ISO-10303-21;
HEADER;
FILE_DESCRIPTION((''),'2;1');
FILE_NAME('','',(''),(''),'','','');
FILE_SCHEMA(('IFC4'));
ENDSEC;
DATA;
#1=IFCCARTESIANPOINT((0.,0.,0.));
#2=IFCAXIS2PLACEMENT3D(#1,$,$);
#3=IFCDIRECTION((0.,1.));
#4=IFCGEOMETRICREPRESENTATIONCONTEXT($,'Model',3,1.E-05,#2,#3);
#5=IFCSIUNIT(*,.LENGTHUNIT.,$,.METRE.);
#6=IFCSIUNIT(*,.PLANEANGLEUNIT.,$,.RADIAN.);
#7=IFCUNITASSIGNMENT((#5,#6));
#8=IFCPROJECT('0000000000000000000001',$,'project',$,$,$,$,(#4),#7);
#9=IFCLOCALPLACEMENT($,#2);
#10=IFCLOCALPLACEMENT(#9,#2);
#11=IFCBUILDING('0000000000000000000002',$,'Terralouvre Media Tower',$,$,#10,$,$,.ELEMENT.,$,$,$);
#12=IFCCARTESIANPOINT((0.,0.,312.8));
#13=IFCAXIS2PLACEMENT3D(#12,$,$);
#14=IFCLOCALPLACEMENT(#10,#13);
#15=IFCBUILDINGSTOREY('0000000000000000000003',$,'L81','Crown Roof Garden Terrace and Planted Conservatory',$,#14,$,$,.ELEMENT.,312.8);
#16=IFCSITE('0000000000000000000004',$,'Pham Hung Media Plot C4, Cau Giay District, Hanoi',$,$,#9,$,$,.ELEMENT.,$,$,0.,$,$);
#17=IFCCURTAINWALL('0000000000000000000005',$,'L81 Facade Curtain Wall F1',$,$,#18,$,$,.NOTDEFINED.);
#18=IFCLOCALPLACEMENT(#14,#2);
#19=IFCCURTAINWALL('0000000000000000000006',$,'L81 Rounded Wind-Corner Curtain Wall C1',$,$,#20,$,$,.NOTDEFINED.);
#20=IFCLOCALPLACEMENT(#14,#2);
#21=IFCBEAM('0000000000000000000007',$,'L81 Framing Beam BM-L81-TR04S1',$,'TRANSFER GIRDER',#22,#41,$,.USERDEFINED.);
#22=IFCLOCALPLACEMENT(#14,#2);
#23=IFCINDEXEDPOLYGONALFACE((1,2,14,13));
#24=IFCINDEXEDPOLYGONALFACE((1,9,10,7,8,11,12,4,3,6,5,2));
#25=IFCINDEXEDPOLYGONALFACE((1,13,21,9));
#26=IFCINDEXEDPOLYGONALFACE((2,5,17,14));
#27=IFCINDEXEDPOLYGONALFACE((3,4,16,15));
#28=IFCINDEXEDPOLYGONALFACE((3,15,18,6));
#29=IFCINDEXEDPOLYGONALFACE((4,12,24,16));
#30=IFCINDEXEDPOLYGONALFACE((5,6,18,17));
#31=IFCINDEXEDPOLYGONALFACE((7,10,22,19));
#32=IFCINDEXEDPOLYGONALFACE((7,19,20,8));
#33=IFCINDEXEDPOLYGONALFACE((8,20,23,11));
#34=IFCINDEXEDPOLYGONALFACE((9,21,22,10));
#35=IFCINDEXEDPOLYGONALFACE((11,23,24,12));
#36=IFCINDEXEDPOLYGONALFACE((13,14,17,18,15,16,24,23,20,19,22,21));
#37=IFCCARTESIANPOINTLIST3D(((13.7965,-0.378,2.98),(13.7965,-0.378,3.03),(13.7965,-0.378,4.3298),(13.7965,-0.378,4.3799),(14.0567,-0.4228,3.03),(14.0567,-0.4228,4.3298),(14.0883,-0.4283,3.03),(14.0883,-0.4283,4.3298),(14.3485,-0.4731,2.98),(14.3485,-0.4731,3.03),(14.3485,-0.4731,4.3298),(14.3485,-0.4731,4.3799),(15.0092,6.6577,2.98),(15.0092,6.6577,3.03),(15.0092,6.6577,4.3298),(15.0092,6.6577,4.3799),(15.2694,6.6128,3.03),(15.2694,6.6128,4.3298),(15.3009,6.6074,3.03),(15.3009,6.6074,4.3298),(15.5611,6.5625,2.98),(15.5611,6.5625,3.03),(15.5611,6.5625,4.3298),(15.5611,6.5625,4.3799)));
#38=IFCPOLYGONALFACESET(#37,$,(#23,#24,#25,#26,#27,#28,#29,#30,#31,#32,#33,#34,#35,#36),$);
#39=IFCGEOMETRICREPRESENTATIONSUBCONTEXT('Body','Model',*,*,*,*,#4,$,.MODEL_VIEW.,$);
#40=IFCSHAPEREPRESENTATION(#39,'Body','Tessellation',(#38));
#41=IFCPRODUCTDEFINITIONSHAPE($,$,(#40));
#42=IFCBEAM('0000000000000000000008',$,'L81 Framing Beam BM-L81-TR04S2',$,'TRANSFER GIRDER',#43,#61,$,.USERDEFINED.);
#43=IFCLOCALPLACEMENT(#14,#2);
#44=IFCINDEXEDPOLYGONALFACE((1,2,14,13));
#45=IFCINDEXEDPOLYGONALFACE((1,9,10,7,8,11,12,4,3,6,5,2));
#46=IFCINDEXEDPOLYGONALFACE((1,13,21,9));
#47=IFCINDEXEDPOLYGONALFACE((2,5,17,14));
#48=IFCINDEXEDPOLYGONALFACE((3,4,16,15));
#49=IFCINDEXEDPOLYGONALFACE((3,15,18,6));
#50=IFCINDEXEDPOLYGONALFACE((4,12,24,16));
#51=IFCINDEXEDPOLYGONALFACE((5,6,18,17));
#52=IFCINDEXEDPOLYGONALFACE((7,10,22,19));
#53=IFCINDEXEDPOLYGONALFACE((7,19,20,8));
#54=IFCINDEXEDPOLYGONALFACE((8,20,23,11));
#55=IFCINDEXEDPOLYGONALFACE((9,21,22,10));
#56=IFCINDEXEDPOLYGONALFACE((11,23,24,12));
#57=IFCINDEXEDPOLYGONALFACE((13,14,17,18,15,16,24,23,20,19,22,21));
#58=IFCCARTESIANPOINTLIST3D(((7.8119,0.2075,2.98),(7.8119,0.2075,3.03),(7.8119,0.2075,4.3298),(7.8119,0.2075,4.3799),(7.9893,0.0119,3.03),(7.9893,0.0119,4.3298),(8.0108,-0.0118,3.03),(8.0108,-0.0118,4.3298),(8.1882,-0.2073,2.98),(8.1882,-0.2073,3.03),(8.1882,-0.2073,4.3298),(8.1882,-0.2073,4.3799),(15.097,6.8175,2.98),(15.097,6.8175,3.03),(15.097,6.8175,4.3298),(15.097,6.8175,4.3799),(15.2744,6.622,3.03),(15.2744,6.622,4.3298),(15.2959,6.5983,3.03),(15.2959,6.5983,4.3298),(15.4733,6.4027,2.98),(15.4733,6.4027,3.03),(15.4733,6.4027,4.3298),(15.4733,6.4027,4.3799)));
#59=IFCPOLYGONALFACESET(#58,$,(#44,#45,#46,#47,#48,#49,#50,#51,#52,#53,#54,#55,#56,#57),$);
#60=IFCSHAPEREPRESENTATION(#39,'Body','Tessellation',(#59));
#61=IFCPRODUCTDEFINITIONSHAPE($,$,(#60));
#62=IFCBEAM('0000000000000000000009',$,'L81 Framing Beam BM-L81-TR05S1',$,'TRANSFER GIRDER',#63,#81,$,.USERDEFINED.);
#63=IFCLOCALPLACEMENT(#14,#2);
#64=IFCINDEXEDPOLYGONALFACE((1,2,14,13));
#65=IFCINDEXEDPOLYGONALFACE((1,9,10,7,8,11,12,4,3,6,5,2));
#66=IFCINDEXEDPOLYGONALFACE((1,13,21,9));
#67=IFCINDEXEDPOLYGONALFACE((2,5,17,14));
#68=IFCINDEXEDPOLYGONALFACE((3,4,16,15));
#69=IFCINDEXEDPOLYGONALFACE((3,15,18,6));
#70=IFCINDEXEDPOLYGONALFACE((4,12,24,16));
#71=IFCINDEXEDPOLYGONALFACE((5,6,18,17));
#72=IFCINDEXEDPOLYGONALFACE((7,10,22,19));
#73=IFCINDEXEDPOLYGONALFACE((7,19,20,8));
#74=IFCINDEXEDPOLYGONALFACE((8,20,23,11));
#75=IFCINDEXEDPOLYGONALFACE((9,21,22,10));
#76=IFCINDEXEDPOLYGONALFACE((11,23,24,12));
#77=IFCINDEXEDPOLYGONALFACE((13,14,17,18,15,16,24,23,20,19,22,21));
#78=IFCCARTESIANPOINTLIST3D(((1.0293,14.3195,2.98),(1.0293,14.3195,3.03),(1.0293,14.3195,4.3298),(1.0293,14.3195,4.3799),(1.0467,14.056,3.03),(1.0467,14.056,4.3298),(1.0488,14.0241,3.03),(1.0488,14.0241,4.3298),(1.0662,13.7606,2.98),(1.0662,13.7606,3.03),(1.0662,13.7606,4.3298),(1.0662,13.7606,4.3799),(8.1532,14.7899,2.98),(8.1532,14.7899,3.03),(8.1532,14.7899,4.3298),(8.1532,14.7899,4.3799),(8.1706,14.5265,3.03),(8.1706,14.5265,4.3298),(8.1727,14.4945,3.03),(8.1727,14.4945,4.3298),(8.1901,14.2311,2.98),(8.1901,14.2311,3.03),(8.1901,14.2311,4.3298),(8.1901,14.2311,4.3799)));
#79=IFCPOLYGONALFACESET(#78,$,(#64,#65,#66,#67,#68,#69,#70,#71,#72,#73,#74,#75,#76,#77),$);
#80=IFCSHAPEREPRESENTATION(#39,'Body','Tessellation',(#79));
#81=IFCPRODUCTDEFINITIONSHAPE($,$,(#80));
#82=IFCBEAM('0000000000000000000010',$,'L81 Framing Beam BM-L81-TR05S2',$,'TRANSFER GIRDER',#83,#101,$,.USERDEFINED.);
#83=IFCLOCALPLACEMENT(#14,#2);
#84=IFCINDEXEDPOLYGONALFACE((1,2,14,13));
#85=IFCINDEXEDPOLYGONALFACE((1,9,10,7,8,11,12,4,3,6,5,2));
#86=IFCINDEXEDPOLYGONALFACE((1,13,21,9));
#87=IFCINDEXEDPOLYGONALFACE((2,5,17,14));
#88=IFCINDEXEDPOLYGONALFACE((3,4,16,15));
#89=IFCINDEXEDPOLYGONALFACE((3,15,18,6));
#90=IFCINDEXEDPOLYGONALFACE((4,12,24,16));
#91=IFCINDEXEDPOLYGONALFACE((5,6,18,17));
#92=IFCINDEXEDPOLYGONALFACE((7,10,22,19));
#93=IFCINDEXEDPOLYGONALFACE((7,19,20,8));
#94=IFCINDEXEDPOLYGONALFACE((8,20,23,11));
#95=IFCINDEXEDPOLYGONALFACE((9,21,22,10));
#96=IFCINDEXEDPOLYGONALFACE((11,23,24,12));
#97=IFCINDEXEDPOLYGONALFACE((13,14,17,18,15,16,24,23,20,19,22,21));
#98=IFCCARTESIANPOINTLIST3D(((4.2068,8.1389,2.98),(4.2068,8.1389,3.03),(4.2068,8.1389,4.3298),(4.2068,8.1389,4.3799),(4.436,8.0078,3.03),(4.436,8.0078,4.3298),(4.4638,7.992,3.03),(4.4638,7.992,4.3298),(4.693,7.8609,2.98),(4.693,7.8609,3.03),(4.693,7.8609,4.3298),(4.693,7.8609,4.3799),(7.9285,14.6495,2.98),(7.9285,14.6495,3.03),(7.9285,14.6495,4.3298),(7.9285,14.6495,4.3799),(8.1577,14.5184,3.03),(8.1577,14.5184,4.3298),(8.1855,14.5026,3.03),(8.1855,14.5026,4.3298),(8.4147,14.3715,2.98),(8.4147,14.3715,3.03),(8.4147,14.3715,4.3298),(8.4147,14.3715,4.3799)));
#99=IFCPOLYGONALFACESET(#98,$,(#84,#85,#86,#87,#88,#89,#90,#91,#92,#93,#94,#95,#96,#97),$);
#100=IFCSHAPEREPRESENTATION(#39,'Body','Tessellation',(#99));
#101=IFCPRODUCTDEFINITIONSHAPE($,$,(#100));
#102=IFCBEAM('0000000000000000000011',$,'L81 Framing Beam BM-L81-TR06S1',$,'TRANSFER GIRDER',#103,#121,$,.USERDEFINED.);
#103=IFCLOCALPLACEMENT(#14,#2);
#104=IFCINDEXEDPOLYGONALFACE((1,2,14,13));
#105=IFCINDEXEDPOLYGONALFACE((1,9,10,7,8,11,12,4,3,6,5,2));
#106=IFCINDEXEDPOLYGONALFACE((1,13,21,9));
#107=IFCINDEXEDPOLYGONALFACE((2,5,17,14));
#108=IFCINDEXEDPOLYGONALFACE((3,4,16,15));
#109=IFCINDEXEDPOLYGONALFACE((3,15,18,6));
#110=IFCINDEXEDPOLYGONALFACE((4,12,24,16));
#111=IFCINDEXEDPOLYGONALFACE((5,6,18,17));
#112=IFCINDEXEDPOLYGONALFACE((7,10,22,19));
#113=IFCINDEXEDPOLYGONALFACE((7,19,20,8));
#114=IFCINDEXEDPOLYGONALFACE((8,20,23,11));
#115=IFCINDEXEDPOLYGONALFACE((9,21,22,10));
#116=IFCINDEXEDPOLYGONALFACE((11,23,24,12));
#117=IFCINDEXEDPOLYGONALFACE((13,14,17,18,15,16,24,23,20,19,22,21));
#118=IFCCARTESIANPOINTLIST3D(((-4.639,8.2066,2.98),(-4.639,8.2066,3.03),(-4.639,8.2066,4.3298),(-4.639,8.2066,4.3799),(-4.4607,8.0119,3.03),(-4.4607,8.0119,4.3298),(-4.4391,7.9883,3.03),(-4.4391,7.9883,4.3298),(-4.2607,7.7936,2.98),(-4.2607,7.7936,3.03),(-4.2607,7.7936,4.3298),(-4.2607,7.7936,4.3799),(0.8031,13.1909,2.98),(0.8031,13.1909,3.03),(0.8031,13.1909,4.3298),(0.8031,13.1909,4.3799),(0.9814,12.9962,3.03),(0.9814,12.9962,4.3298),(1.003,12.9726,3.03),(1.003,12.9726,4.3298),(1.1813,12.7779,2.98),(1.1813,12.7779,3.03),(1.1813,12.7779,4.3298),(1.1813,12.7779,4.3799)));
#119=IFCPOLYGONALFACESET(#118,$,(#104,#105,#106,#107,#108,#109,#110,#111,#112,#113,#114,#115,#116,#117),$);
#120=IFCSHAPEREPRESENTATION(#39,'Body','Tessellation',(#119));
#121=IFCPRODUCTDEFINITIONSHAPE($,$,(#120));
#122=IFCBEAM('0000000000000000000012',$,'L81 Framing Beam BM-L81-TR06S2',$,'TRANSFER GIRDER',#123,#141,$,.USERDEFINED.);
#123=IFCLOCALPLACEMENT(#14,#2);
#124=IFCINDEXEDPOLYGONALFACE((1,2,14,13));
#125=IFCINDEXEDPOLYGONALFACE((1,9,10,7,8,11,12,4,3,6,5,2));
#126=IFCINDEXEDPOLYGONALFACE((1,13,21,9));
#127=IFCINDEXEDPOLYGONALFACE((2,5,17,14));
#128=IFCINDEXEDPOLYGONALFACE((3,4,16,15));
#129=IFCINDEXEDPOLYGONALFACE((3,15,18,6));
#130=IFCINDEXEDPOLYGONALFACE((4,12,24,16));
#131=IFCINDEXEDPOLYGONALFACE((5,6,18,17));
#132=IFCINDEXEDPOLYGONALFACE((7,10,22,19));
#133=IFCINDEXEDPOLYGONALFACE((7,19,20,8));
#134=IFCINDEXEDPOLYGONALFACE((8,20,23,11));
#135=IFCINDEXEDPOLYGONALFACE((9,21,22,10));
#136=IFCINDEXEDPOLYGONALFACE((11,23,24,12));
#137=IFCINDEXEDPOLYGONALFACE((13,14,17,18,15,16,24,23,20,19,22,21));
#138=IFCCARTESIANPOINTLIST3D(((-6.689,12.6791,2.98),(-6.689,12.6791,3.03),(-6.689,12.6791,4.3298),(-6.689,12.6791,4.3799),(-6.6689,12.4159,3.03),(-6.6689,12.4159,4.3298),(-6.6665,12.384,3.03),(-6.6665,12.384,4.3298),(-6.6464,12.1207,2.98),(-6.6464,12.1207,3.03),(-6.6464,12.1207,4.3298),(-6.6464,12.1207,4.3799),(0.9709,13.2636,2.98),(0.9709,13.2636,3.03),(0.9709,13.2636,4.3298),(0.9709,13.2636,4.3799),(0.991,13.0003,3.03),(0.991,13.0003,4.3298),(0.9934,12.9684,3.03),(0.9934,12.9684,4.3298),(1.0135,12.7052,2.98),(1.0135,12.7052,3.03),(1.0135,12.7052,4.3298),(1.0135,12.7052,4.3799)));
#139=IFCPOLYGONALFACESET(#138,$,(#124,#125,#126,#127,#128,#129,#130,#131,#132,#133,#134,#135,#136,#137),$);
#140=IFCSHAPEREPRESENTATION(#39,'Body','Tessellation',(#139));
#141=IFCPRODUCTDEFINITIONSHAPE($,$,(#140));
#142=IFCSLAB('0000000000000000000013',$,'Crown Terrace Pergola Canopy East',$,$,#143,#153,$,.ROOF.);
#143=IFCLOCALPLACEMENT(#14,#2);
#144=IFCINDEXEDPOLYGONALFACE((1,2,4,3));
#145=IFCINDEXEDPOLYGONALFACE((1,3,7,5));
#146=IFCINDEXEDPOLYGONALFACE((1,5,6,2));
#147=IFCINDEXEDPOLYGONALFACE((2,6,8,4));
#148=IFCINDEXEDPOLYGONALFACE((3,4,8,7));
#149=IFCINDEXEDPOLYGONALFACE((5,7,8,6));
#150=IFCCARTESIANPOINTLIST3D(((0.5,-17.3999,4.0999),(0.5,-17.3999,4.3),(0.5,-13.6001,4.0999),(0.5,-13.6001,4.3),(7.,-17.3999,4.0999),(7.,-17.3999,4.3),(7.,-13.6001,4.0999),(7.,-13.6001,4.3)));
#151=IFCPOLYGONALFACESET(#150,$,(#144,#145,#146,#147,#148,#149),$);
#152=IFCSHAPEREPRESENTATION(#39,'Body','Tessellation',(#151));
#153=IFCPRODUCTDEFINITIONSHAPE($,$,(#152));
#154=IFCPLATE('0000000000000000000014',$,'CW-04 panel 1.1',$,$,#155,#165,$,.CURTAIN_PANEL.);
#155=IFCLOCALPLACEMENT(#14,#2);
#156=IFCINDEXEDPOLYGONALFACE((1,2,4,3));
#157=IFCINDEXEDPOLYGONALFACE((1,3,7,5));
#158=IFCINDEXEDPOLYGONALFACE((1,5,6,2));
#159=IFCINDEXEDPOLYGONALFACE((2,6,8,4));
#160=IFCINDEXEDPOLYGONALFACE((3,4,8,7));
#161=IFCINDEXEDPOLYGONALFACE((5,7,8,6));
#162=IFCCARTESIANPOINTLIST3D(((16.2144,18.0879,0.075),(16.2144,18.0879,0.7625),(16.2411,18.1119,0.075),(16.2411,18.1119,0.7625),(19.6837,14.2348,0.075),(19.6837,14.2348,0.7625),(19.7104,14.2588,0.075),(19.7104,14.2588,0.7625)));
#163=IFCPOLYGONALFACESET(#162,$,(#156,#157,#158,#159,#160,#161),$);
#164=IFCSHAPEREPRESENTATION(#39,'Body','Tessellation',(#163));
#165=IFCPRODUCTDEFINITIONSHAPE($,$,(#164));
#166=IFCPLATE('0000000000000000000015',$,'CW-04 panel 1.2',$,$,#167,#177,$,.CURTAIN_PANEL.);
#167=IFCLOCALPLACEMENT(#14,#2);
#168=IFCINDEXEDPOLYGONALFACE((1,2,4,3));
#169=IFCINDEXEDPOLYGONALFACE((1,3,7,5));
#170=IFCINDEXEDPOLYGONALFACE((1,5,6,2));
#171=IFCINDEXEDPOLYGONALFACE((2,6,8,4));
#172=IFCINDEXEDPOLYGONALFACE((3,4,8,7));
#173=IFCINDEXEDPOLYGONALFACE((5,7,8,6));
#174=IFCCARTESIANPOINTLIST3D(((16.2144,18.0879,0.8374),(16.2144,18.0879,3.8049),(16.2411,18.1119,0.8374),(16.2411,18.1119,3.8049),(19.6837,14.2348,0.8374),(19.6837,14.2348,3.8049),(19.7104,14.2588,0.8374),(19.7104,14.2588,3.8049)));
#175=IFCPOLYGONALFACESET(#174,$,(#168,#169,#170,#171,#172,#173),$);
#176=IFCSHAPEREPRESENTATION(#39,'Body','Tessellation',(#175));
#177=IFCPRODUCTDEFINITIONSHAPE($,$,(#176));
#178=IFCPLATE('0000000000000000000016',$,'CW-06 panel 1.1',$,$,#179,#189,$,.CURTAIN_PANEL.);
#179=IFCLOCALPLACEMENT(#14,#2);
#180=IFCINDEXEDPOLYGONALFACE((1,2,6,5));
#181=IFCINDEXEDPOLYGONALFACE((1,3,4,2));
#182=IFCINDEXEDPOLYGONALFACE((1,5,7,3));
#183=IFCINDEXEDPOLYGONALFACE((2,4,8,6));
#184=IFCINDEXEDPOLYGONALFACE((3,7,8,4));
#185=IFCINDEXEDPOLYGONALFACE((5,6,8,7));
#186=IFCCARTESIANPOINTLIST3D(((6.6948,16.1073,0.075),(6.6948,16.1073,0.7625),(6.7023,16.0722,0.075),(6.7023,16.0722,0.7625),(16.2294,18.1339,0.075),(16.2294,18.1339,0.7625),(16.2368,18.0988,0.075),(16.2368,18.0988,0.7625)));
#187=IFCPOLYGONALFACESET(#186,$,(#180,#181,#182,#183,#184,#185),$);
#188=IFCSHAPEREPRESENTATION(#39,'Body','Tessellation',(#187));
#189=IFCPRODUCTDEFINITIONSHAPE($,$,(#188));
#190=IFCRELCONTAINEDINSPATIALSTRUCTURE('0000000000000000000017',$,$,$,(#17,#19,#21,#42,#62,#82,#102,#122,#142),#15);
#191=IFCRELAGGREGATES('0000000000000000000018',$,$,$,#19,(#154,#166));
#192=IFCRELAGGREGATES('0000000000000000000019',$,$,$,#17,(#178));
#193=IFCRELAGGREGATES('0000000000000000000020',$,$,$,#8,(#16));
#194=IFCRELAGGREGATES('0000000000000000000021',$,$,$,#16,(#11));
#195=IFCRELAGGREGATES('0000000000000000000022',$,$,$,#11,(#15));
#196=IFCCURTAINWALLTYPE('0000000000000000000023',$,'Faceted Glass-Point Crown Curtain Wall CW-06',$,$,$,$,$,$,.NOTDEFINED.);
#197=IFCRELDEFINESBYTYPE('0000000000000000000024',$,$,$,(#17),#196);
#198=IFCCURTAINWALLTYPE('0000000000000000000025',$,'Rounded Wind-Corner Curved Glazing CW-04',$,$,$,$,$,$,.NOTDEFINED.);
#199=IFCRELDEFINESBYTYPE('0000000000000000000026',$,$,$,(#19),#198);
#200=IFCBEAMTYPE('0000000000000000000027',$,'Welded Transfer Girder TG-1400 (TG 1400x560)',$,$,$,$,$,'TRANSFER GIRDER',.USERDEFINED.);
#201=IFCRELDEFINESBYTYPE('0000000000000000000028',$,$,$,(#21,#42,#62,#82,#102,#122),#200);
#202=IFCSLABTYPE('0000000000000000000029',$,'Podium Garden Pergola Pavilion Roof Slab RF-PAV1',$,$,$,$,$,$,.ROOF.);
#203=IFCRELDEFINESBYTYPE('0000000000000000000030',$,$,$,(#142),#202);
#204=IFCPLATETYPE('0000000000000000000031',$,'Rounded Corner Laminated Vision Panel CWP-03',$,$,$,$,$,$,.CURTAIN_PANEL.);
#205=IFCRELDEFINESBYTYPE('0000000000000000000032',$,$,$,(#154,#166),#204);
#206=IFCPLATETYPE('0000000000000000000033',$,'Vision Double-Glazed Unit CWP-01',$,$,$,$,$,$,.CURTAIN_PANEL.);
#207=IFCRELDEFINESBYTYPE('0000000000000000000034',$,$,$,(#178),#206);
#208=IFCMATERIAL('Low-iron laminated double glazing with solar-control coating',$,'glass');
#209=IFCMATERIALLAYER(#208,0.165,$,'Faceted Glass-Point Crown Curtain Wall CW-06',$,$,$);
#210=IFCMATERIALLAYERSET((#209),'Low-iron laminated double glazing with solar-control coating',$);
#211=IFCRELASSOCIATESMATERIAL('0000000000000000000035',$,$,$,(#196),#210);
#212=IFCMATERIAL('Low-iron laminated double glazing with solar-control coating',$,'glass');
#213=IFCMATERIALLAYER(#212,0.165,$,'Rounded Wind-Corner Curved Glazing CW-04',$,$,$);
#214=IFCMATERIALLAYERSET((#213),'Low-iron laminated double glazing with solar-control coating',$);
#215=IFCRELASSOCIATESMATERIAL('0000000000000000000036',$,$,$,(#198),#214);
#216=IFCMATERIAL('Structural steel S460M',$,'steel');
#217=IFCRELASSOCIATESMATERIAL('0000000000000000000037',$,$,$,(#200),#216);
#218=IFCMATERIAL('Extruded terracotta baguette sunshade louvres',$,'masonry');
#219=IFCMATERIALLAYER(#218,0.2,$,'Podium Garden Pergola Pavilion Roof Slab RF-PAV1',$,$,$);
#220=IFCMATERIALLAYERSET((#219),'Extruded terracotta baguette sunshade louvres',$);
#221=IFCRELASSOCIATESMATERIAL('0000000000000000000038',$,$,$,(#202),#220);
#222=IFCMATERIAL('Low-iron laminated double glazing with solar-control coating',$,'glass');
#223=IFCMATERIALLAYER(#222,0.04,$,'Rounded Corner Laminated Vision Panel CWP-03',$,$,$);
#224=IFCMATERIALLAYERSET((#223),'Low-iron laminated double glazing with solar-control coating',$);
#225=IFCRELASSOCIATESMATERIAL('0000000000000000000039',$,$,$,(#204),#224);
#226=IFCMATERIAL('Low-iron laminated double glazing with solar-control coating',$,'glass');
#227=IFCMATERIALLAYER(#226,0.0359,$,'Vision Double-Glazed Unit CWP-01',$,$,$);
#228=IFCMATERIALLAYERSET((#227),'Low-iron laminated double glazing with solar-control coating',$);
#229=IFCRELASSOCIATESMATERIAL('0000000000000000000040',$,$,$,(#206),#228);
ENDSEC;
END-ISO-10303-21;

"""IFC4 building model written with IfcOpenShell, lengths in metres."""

from ifc_helpers import new_model, si_unit, direction, frame, origin, origin_2d, place, context, subcontext, project, spatial, polyline, rectangle, i_section, outline, extrude, material, layer, layer_set, material_profile, profile_set, type_object, element, aggregate, save


model = new_model("IFC4")

# Units and contexts
model_context = context("Model", 3, precision=1e-05, world=origin(), true_north=direction((0.0, 1.0)))
body_context = subcontext(model_context, "Body", "Model", "MODEL_VIEW")
ifc_project = project(units=[si_unit("LENGTHUNIT", "METRE"), si_unit("PLANEANGLEUNIT", "RADIAN")], contexts=[model_context])

# Site, building, storey
site_placement = place(None, origin())
site = spatial("IfcSite", under=ifc_project, at=site_placement, Name="Pham Hung Media Plot C4, Cau Giay District, Hanoi", CompositionType="ELEMENT", RefElevation=0.0)
building_placement = place(site_placement, origin())
building = spatial("IfcBuilding", under=site, at=building_placement, Name="Terralouvre Media Tower", CompositionType="ELEMENT")
storey_placement = place(building_placement, frame((0.0, 0.0, 312.8)))
storey = spatial("IfcBuildingStorey", under=building, at=storey_placement, Name="L81", Description="Crown Roof Garden Terrace and Planted Conservatory", CompositionType="ELEMENT", Elevation=312.8)

# Curtain walls
ifc_material_1 = material(Name="Low-iron laminated double glazing with solar-control coating", Category="glass")
ifc_layer_1 = layer(ifc_material_1, 0.165, Name="Faceted Glass-Point Crown Curtain Wall CW-06")
ifc_layer_set_1 = layer_set([ifc_layer_1], Name="Low-iron laminated double glazing with solar-control coating")
curtain_wall_type_1 = type_object("IfcCurtainWallType", Name="Faceted Glass-Point Crown Curtain Wall CW-06", PredefinedType="NOTDEFINED", material=ifc_layer_set_1)
curtain_wall_1_placement = place(storey_placement, origin())
curtain_wall_1 = element("IfcCurtainWall", 1, at=curtain_wall_1_placement, inside=storey, type_object=curtain_wall_type_1, Name="L81 Facade Curtain Wall F1", PredefinedType="NOTDEFINED")
ifc_material_2 = material(Name="Low-iron laminated double glazing with solar-control coating", Category="glass")
ifc_layer_2 = layer(ifc_material_2, 0.165, Name="Rounded Wind-Corner Curved Glazing CW-04")
ifc_layer_set_2 = layer_set([ifc_layer_2], Name="Low-iron laminated double glazing with solar-control coating")
curtain_wall_type_2 = type_object("IfcCurtainWallType", Name="Rounded Wind-Corner Curved Glazing CW-04", PredefinedType="NOTDEFINED", material=ifc_layer_set_2)
curtain_wall_2_placement = place(storey_placement, origin())
curtain_wall_2 = element("IfcCurtainWall", 2, at=curtain_wall_2_placement, inside=storey, type_object=curtain_wall_type_2, Name="L81 Rounded Wind-Corner Curtain Wall C1", PredefinedType="NOTDEFINED")

# Beams
ifc_material_3 = material(Name="Structural steel S460M", Category="steel")
ifc_material_profile_1 = material_profile(ifc_material_3, i_section(OverallWidth=0.5601, OverallDepth=1.3999, WebThickness=0.032, FlangeThickness=0.05, at=origin_2d()), Name="TG 1400x560")
ifc_profile_set_1 = profile_set([ifc_material_profile_1], Name="Structural steel S460M")
beam_type_1 = type_object("IfcBeamType", Name="Welded Transfer Girder TG-1400 (TG 1400x560)", ElementType="TRANSFER GIRDER", PredefinedType="USERDEFINED", material=ifc_profile_set_1)
beam_1_placement = place(storey_placement, frame((15.2852, 6.6101, 3.6799), z_axis=(-0.169853, -0.985469, 0.0), x_axis=(0.985469, -0.169853, 0.0)))
element("IfcBeam", 3, at=beam_1_placement, inside=storey, type_object=beam_type_1, Name="L81 Framing Beam BM-L81-TR04S1", ObjectType="TRANSFER GIRDER", PredefinedType="USERDEFINED", context=body_context, shape_type="SweptSolid", body=[
    extrude(i_section(OverallWidth=0.5601, OverallDepth=1.3999, WebThickness=0.032, FlangeThickness=0.05, at=origin_2d()), origin(), (0.0, 0.0, 1.0), 7.1394),
])
beam_2_placement = place(storey_placement, frame((15.2852, 6.6101, 3.6799), z_axis=(-0.740585, -0.671962, 0.0), x_axis=(0.671962, -0.740585, 0.0)))
element("IfcBeam", 4, at=beam_2_placement, inside=storey, type_object=beam_type_1, Name="L81 Framing Beam BM-L81-TR04S2", ObjectType="TRANSFER GIRDER", PredefinedType="USERDEFINED", context=body_context, shape_type="SweptSolid", body=[
    extrude(i_section(OverallWidth=0.5601, OverallDepth=1.3999, WebThickness=0.032, FlangeThickness=0.05, at=origin_2d()), origin(), (0.0, 0.0, 1.0), 9.8369),
])
beam_3_placement = place(storey_placement, frame((8.1716, 14.5105, 3.6799), z_axis=(-0.997826, -0.065897, 0.0), x_axis=(0.065897, -0.997826, 0.0)))
element("IfcBeam", 5, at=beam_3_placement, inside=storey, type_object=beam_type_1, Name="L81 Framing Beam BM-L81-TR05S1", ObjectType="TRANSFER GIRDER", PredefinedType="USERDEFINED", context=body_context, shape_type="SweptSolid", body=[
    extrude(i_section(OverallWidth=0.5601, OverallDepth=1.3999, WebThickness=0.032, FlangeThickness=0.05, at=origin_2d()), origin(), (0.0, 0.0, 1.0), 7.1394),
])
beam_4_placement = place(storey_placement, frame((8.1716, 14.5105, 3.6799), z_axis=(-0.496279, -0.868163, 0.0), x_axis=(0.868163, -0.496279, 0.0)))
element("IfcBeam", 6, at=beam_4_placement, inside=storey, type_object=beam_type_1, Name="L81 Framing Beam BM-L81-TR05S2", ObjectType="TRANSFER GIRDER", PredefinedType="USERDEFINED", context=body_context, shape_type="SweptSolid", body=[
    extrude(i_section(OverallWidth=0.5601, OverallDepth=1.3999, WebThickness=0.032, FlangeThickness=0.05, at=origin_2d()), origin(), (0.0, 0.0, 1.0), 7.4993),
])
beam_5_placement = place(storey_placement, frame((0.9922, 12.9844, 3.6799), z_axis=(-0.737441, -0.675411, 0.0), x_axis=(0.675411, -0.737441, 0.0)))
element("IfcBeam", 7, at=beam_5_placement, inside=storey, type_object=beam_type_1, Name="L81 Framing Beam BM-L81-TR06S1", ObjectType="TRANSFER GIRDER", PredefinedType="USERDEFINED", context=body_context, shape_type="SweptSolid", body=[
    extrude(i_section(OverallWidth=0.5601, OverallDepth=1.3999, WebThickness=0.032, FlangeThickness=0.05, at=origin_2d()), origin(), (0.0, 0.0, 1.0), 7.3796),
])
beam_6_placement = place(storey_placement, frame((0.9922, 12.9844, 3.6799), z_axis=(-0.997102, -0.076082, 0.0), x_axis=(0.076082, -0.997102, 0.0)))
element("IfcBeam", 8, at=beam_6_placement, inside=storey, type_object=beam_type_1, Name="L81 Framing Beam BM-L81-TR06S2", ObjectType="TRANSFER GIRDER", PredefinedType="USERDEFINED", context=body_context, shape_type="SweptSolid", body=[
    extrude(i_section(OverallWidth=0.5601, OverallDepth=1.3999, WebThickness=0.032, FlangeThickness=0.05, at=origin_2d()), origin(), (0.0, 0.0, 1.0), 7.6821),
])

# Slab
ifc_material_4 = material(Name="Extruded terracotta baguette sunshade louvres", Category="masonry")
ifc_layer_3 = layer(ifc_material_4, 0.2, Name="Podium Garden Pergola Pavilion Roof Slab RF-PAV1")
ifc_layer_set_3 = layer_set([ifc_layer_3], Name="Extruded terracotta baguette sunshade louvres")
slab_type = type_object("IfcSlabType", Name="Podium Garden Pergola Pavilion Roof Slab RF-PAV1", PredefinedType="ROOF", material=ifc_layer_set_3)
slab_placement = place(storey_placement, frame((0.0, 0.0, 4.0999)))
element("IfcSlab", 9, at=slab_placement, inside=storey, type_object=slab_type, Name="Crown Terrace Pergola Canopy East", PredefinedType="ROOF", context=body_context, shape_type="SweptSolid", body=[
    extrude(outline(polyline([(0.5, -17.3999), (7.0, -17.3999), (7.0, -13.6001), (0.5, -13.6001), (0.5, -17.3999)])), origin(), (0.0, 0.0, 1.0), 0.2002),
])

# Plates
ifc_material_5 = material(Name="Low-iron laminated double glazing with solar-control coating", Category="glass")
ifc_layer_4 = layer(ifc_material_5, 0.04, Name="Rounded Corner Laminated Vision Panel CWP-03")
ifc_layer_set_4 = layer_set([ifc_layer_4], Name="Low-iron laminated double glazing with solar-control coating")
plate_type_1 = type_object("IfcPlateType", Name="Rounded Corner Laminated Vision Panel CWP-03", PredefinedType="CURTAIN_PANEL", material=ifc_layer_set_4)
plate_1_placement = place(storey_placement, frame((17.9624, 16.1733, 0.075), z_axis=(0.0, 0.0, 1.0), x_axis=(-0.669131, 0.743144, 0.0)))
plate_1 = element("IfcPlate", 10, at=plate_1_placement, type_object=plate_type_1, Name="CW-04 panel 1.1", PredefinedType="CURTAIN_PANEL", context=body_context, shape_type="SweptSolid", body=[
    extrude(rectangle(XDim=5.1848, YDim=0.0359, at=origin_2d()), origin(), (0.0, 0.0, 1.0), 0.6875),
])
plate_2_placement = place(storey_placement, frame((17.9624, 16.1733, 0.8374), z_axis=(0.0, 0.0, 1.0), x_axis=(-0.669131, 0.743144, 0.0)))
plate_2 = element("IfcPlate", 11, at=plate_2_placement, type_object=plate_type_1, Name="CW-04 panel 1.2", PredefinedType="CURTAIN_PANEL", context=body_context, shape_type="SweptSolid", body=[
    extrude(rectangle(XDim=5.1848, YDim=0.0359, at=origin_2d()), origin(), (0.0, 0.0, 1.0), 2.9675),
])
aggregate(curtain_wall_2, [plate_1, plate_2])
ifc_material_6 = material(Name="Low-iron laminated double glazing with solar-control coating", Category="glass")
ifc_layer_5 = layer(ifc_material_6, 0.0359, Name="Vision Double-Glazed Unit CWP-01")
ifc_layer_set_5 = layer_set([ifc_layer_5], Name="Low-iron laminated double glazing with solar-control coating")
plate_type_2 = type_object("IfcPlateType", Name="Vision Double-Glazed Unit CWP-01", PredefinedType="CURTAIN_PANEL", material=ifc_layer_set_5)
plate_3_placement = place(storey_placement, frame((11.4658, 17.103, 0.075), z_axis=(0.0, 0.0, 1.0), x_axis=(-0.978148, -0.207912, 0.0)))
plate_3 = element("IfcPlate", 12, at=plate_3_placement, type_object=plate_type_2, Name="CW-06 panel 1.1", PredefinedType="CURTAIN_PANEL", context=body_context, shape_type="SweptSolid", body=[
    extrude(rectangle(XDim=9.7476, YDim=0.0359, at=origin_2d()), origin(), (0.0, 0.0, 1.0), 0.6875),
])
aggregate(curtain_wall_1, [plate_3])

save(model, "model.ifc")
